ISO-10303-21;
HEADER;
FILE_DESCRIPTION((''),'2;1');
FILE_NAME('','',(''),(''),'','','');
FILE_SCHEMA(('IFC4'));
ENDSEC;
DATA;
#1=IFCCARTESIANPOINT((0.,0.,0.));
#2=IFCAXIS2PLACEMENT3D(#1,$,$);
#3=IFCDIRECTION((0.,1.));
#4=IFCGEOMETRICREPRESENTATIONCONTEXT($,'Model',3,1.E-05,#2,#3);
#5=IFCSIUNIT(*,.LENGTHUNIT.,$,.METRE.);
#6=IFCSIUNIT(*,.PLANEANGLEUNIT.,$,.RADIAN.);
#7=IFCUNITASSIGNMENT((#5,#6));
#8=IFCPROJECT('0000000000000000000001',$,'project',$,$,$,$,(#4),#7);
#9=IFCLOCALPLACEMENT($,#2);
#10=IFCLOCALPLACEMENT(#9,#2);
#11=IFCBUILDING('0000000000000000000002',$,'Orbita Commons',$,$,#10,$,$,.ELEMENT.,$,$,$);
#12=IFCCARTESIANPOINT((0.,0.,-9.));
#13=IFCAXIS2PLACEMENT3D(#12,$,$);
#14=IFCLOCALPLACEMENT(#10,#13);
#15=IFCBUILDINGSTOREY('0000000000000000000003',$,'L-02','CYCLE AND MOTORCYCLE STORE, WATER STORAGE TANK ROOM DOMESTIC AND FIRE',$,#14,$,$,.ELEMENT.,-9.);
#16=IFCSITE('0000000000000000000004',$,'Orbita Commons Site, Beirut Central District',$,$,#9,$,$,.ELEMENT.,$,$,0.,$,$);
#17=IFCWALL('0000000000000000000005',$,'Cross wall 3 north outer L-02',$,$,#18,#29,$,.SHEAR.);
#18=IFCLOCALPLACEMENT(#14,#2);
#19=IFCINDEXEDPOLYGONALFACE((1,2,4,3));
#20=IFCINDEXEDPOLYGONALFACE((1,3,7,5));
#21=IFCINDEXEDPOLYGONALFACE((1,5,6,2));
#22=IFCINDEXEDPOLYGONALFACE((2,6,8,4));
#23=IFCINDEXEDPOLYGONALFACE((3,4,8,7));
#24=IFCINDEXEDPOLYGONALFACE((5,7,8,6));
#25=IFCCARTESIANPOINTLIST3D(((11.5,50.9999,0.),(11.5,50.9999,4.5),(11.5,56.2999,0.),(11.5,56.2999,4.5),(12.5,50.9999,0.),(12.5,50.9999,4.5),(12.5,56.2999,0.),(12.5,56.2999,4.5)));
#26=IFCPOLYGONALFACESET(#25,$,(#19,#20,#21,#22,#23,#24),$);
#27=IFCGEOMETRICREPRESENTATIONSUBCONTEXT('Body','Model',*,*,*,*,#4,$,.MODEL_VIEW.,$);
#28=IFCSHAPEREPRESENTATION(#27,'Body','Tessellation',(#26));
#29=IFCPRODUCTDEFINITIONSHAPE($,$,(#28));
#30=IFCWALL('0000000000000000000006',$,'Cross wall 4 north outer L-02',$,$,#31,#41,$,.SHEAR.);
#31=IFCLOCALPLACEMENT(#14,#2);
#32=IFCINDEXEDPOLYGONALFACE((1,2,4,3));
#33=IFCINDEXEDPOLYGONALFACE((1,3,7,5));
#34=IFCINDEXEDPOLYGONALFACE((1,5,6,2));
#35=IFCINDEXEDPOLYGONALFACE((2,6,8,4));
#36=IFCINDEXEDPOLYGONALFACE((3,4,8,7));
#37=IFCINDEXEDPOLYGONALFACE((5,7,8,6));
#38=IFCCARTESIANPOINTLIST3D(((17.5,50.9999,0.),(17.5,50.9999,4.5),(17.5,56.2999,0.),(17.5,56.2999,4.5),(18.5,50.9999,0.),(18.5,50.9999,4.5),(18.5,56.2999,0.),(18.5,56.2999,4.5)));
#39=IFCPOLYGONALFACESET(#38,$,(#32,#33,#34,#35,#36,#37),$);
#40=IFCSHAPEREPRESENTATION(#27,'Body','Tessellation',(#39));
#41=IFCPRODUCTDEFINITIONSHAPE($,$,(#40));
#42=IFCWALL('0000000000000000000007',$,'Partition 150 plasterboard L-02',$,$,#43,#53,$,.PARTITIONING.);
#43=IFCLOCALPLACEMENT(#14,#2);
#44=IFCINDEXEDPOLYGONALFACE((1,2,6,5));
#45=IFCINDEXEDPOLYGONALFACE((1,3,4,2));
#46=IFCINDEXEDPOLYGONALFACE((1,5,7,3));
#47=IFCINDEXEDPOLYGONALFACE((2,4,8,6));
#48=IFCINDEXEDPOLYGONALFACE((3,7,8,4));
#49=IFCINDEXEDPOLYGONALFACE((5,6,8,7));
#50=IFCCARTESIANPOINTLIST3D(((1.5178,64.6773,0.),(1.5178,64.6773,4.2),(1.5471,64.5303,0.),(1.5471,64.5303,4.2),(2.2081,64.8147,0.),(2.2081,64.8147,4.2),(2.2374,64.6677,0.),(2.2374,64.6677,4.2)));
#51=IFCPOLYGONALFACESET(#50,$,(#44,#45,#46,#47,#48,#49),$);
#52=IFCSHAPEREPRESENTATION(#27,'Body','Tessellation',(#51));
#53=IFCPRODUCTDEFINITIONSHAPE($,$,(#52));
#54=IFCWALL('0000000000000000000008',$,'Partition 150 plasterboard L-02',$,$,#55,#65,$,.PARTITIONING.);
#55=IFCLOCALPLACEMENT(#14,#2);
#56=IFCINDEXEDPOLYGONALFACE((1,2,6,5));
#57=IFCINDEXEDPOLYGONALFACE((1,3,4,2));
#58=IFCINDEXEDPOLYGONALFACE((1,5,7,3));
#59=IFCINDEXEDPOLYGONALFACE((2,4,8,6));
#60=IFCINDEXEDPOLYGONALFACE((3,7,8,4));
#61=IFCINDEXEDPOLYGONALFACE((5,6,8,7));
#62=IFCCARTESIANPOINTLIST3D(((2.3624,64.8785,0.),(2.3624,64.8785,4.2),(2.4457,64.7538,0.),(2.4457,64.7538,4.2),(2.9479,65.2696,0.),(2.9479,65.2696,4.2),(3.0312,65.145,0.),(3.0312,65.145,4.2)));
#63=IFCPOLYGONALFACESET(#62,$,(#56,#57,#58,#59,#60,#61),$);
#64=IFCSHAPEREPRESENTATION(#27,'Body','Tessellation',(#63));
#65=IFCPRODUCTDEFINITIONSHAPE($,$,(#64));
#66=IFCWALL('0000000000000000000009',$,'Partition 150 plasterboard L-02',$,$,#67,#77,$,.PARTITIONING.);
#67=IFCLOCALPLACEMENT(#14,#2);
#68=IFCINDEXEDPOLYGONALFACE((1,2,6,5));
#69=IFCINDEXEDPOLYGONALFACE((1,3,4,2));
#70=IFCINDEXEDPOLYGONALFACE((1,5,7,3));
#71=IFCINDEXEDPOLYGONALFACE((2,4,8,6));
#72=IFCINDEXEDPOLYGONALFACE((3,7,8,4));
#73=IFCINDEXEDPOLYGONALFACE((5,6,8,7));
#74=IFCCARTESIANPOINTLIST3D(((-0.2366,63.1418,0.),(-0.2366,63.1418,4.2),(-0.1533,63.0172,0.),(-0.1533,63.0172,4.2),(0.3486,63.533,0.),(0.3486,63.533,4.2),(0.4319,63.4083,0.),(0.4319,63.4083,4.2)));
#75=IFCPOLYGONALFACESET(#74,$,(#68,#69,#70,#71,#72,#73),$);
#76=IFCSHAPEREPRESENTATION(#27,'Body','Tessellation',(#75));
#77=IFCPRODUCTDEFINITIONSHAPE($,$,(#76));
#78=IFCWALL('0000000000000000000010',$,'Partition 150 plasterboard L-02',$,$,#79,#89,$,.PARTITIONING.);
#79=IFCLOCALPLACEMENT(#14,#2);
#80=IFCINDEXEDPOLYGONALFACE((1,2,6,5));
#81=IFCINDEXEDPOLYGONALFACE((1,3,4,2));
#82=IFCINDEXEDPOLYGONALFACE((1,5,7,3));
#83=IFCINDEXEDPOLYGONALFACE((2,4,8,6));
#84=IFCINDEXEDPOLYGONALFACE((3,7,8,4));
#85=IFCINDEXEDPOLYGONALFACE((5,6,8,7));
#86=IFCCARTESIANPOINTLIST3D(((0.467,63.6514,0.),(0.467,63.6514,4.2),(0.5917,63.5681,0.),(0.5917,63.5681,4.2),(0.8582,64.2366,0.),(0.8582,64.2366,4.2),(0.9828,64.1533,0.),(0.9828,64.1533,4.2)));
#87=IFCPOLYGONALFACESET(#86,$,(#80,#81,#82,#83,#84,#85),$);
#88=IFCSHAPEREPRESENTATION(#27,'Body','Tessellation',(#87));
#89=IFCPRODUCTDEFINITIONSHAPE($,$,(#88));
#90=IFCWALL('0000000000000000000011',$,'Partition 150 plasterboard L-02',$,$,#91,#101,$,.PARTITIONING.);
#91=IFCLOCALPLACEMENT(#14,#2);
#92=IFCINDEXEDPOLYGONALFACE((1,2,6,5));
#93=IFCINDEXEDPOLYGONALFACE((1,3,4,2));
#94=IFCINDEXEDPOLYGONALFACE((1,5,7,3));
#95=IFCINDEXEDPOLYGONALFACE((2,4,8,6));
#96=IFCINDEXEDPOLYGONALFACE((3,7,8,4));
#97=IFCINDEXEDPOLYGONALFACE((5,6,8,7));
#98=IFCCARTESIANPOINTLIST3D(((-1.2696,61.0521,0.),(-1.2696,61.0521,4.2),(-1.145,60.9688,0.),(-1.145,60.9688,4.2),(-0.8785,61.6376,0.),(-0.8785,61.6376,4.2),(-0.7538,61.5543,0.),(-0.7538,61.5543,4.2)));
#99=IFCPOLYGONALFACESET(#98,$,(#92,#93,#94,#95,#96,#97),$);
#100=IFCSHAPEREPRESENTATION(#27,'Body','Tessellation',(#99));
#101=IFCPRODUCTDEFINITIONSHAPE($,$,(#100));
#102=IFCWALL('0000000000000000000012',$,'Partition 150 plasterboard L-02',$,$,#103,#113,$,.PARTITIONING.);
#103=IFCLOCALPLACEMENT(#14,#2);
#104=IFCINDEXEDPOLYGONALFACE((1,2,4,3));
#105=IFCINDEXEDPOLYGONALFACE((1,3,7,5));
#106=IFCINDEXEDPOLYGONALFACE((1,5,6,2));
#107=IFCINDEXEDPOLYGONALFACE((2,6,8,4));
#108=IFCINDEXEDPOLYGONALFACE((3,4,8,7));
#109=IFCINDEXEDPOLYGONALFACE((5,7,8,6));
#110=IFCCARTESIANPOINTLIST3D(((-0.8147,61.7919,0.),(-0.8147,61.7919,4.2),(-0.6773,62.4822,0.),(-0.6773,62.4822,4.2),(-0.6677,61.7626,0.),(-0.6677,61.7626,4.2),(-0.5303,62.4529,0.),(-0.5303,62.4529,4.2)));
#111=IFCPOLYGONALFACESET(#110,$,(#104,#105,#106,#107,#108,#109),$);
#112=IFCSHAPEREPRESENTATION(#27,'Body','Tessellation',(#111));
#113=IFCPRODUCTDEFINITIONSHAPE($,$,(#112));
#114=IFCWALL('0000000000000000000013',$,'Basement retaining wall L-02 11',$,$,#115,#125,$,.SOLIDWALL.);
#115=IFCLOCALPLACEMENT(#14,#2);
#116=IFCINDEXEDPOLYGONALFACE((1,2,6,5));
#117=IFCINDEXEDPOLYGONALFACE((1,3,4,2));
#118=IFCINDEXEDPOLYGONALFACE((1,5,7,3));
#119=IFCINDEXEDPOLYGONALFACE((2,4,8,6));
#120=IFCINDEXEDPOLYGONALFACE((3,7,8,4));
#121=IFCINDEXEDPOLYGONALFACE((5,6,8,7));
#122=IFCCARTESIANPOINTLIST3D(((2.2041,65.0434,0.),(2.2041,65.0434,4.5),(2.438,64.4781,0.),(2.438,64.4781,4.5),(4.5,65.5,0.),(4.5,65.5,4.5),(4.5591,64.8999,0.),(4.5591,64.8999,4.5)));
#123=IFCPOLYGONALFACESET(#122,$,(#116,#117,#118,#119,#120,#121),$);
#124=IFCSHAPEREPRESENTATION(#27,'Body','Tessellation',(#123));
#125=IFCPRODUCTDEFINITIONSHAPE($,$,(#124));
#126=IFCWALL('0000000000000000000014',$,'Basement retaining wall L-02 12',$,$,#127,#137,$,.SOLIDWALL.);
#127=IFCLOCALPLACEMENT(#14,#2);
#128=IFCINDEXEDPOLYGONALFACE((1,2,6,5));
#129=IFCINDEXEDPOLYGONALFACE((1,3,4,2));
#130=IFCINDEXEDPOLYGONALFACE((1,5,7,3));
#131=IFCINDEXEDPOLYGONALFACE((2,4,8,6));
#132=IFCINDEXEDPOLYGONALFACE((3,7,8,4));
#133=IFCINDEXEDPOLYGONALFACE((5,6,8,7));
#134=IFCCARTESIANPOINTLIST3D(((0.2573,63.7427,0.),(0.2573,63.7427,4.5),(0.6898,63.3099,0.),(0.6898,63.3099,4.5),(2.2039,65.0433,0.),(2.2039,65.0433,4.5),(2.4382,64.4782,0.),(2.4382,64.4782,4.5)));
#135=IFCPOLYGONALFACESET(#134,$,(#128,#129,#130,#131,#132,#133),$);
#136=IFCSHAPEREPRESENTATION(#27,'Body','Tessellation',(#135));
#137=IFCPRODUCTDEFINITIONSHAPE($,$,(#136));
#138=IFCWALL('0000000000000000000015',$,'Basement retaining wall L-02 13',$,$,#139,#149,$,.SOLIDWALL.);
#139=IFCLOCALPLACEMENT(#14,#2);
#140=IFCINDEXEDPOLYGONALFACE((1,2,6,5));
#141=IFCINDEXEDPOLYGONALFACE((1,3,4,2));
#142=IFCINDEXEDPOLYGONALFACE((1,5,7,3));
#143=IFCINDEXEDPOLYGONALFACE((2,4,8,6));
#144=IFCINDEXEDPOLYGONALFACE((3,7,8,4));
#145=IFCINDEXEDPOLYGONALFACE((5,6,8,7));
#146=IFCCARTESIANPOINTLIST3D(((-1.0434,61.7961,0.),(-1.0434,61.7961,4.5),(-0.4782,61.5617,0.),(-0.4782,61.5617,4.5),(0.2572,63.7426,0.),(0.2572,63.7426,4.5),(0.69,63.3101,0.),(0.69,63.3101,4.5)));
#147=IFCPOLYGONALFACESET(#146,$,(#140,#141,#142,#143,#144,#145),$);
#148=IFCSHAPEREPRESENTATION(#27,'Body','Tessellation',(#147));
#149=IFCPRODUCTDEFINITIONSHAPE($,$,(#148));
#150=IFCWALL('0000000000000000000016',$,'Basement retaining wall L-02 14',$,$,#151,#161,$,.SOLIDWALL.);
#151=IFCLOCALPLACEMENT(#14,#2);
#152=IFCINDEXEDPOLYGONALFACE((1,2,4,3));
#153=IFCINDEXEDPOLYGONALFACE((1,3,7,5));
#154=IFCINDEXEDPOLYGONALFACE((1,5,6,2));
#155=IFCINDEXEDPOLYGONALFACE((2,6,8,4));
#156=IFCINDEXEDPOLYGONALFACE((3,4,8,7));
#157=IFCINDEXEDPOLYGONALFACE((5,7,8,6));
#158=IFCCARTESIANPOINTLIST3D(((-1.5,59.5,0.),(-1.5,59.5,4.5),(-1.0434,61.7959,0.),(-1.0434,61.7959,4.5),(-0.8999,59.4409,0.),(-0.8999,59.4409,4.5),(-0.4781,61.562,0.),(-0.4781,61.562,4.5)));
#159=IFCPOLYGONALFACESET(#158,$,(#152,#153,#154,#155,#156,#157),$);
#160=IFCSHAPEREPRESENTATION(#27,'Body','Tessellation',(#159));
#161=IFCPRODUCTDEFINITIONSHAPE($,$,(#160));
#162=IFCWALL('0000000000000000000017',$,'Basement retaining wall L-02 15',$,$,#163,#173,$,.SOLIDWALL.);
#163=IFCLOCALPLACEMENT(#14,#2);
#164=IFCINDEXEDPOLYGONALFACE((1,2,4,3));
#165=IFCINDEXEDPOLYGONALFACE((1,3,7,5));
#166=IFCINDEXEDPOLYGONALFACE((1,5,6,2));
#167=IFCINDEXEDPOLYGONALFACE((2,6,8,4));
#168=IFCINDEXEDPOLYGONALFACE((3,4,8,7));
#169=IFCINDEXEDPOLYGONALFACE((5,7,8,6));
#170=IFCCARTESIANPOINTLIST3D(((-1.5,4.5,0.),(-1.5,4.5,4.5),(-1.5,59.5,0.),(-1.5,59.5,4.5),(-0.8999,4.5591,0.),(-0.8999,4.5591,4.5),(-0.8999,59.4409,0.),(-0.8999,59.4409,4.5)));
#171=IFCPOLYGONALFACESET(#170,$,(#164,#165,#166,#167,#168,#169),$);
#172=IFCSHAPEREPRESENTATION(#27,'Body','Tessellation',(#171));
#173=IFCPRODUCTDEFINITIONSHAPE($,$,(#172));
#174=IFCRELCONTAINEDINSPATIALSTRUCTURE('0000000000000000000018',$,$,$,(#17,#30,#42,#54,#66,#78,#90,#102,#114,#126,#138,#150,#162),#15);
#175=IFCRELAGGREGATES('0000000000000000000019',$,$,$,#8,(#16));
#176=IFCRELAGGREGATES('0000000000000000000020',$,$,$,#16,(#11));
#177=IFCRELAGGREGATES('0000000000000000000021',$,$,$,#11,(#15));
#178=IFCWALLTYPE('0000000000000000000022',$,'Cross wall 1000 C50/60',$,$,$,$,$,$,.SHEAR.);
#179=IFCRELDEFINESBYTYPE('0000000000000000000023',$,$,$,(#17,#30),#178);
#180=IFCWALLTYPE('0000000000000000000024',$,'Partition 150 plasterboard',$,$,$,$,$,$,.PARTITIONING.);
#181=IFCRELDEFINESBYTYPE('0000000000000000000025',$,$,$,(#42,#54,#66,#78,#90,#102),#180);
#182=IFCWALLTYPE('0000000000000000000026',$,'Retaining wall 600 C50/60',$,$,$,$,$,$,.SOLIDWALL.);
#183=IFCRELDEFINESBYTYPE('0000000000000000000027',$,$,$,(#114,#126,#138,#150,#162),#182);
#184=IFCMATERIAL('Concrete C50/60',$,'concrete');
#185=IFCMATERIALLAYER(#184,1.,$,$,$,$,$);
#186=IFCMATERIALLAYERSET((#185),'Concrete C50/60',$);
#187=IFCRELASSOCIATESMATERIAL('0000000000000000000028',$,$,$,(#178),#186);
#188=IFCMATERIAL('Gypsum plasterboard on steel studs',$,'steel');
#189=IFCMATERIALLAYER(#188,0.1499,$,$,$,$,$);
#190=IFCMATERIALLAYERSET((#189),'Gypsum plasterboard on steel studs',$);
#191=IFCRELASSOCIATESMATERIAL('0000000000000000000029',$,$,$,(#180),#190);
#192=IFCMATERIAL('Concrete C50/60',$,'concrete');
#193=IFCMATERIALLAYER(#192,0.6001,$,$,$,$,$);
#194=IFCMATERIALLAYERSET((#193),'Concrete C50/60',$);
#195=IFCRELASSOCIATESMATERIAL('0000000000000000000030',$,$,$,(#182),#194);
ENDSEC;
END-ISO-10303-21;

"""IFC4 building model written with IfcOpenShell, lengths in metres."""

from ifc_helpers import new_model, si_unit, direction, frame, frame_2d, origin, place, context, subcontext, project, spatial, polyline, rectangle, outline, extrude, material, layer, layer_set, type_object, element, save


model = new_model("IFC4")

# Units and contexts
model_context = context("Model", 3, precision=1e-05, world=origin(), true_north=direction((0.0, 1.0)))
body_context = subcontext(model_context, "Body", "Model", "MODEL_VIEW")
ifc_project = project(units=[si_unit("LENGTHUNIT", "METRE"), si_unit("PLANEANGLEUNIT", "RADIAN")], contexts=[model_context])

# Site, building, storey
site_placement = place(None, origin())
site = spatial("IfcSite", under=ifc_project, at=site_placement, Name="Orbita Commons Site, Beirut Central District", CompositionType="ELEMENT", RefElevation=0.0)
building_placement = place(site_placement, origin())
building = spatial("IfcBuilding", under=site, at=building_placement, Name="Orbita Commons", CompositionType="ELEMENT")
storey_placement = place(building_placement, frame((0.0, 0.0, -9.0)))
storey = spatial("IfcBuildingStorey", under=building, at=storey_placement, Name="L-02", Description="CYCLE AND MOTORCYCLE STORE, WATER STORAGE TANK ROOM DOMESTIC AND FIRE", CompositionType="ELEMENT", Elevation=-9.0)

# Walls
ifc_material_1 = material(Name="Concrete C50/60", Category="concrete")
ifc_layer_1 = layer(ifc_material_1, 1.0)
ifc_layer_set_1 = layer_set([ifc_layer_1], Name="Concrete C50/60")
wall_type_1 = type_object("IfcWallType", Name="Cross wall 1000 C50/60", PredefinedType="SHEAR", material=ifc_layer_set_1)
for number, where, z_axis, x_axis, name in (
    (1, (12.0, 51.0, 0.0), (0.0, 0.0, 1.0), (0.0, 1.0, 0.0), "Cross wall 3 north outer L-02"),
    (2, (18.0, 51.0, 0.0), (0.0, 0.0, 1.0), (0.0, 1.0, 0.0), "Cross wall 4 north outer L-02"),
):
    element("IfcWall", number, at=place(storey_placement, frame(where, z_axis=z_axis, x_axis=x_axis)), inside=storey, type_object=wall_type_1, Name=name, PredefinedType="SHEAR", context=body_context, shape_type="SweptSolid", body=[
        extrude(rectangle(XDim=5.3, YDim=1.0, at=frame_2d((2.6499, 0.0))), origin(), (0.0, 0.0, 1.0), 4.5),
    ])
ifc_material_2 = material(Name="Gypsum plasterboard on steel studs", Category="steel")
ifc_layer_2 = layer(ifc_material_2, 0.1499)
ifc_layer_set_2 = layer_set([ifc_layer_2], Name="Gypsum plasterboard on steel studs")
wall_type_2 = type_object("IfcWallType", Name="Partition 150 plasterboard", PredefinedType="PARTITIONING", material=ifc_layer_set_2)
wall_1_placement = place(storey_placement, frame((2.2229, 64.7412, 0.0), z_axis=(0.0, 0.0, 1.0), x_axis=(-0.980754, -0.195249, 0.0)))
element("IfcWall", 3, at=wall_1_placement, inside=storey, type_object=wall_type_2, Name="Partition 150 plasterboard L-02", PredefinedType="PARTITIONING", context=body_context, shape_type="SweptSolid", body=[
    extrude(rectangle(XDim=0.7039, YDim=0.1499, at=frame_2d((0.3521, 0.0))), origin(), (0.0, 0.0, 1.0), 4.2),
])
wall_2_placement = place(storey_placement, frame((2.4041, 64.8162, 0.0), z_axis=(0.0, 0.0, 1.0), x_axis=(0.831516, 0.5555, 0.0)))
element("IfcWall", 4, at=wall_2_placement, inside=storey, type_object=wall_type_2, Name="Partition 150 plasterboard L-02", PredefinedType="PARTITIONING", context=body_context, shape_type="SweptSolid", body=[
    extrude(rectangle(XDim=0.7041, YDim=0.1499, at=frame_2d((0.3521, 0.0))), origin(), (0.0, 0.0, 1.0), 4.2),
])
for number, where, z_axis, x_axis, name in (
    (5, (0.3904, 63.4707, 0.0), (0.0, 0.0, 1.0), (-0.831409, -0.55566, 0.0), "Partition 150 plasterboard L-02"),
    (6, (0.5293, 63.6096, 0.0), (0.0, 0.0, 1.0), (0.55566, 0.831409, 0.0), "Partition 150 plasterboard L-02"),
):
    element("IfcWall", number, at=place(storey_placement, frame(where, z_axis=z_axis, x_axis=x_axis)), inside=storey, type_object=wall_type_2, Name=name, PredefinedType="PARTITIONING", context=body_context, shape_type="SweptSolid", body=[
        extrude(rectangle(XDim=0.7039, YDim=0.1499, at=frame_2d((0.3521, 0.0))), origin(), (0.0, 0.0, 1.0), 4.2),
    ])
wall_3_placement = place(storey_placement, frame((-0.8162, 61.5959, 0.0), z_axis=(0.0, 0.0, 1.0), x_axis=(-0.5555, -0.831516, 0.0)))
element("IfcWall", 7, at=wall_3_placement, inside=storey, type_object=wall_type_2, Name="Partition 150 plasterboard L-02", PredefinedType="PARTITIONING", context=body_context, shape_type="SweptSolid", body=[
    extrude(rectangle(XDim=0.7041, YDim=0.1499, at=frame_2d((0.3521, 0.0))), origin(), (0.0, 0.0, 1.0), 4.2),
])
wall_4_placement = place(storey_placement, frame((-0.7412, 61.7771, 0.0), z_axis=(0.0, 0.0, 1.0), x_axis=(0.195249, 0.980754, 0.0)))
element("IfcWall", 8, at=wall_4_placement, inside=storey, type_object=wall_type_2, Name="Partition 150 plasterboard L-02", PredefinedType="PARTITIONING", context=body_context, shape_type="SweptSolid", body=[
    extrude(rectangle(XDim=0.7039, YDim=0.1499, at=frame_2d((0.3521, 0.0))), origin(), (0.0, 0.0, 1.0), 4.2),
])
ifc_material_3 = material(Name="Concrete C50/60", Category="concrete")
ifc_layer_3 = layer(ifc_material_3, 0.6001)
ifc_layer_set_3 = layer_set([ifc_layer_3], Name="Concrete C50/60")
wall_type_3 = type_object("IfcWallType", Name="Retaining wall 600 C50/60", PredefinedType="SOLIDWALL", material=ifc_layer_set_3)
wall_5_placement = place(storey_placement, frame((4.5295, 65.2, 0.0), z_axis=(0.0, 0.0, 1.0), x_axis=(-0.980793, -0.195053, 0.0)))
element("IfcWall", 9, at=wall_5_placement, inside=storey, type_object=wall_type_3, Name="Basement retaining wall L-02 11", PredefinedType="SOLIDWALL", context=body_context, shape_type="SweptSolid", body=[
    extrude(outline(polyline([(-0.0295, -0.3), (2.3113, -0.3), (2.1921, 0.3), (0.0295, 0.3), (-0.0295, -0.3)])), origin(), (0.0, 0.0, 1.0), 4.5),
])
for number, where, z_axis, x_axis, name in (
    (10, (2.321, 64.7607, 0.0), (0.0, 0.0, 1.0), (-0.831475, -0.555562, 0.0), "Basement retaining wall L-02 12"),
    (11, (0.4736, 63.5264, 0.0), (0.0, 0.0, 1.0), (-0.555562, -0.831475, 0.0), "Basement retaining wall L-02 13"),
):
    element("IfcWall", number, at=place(storey_placement, frame(where, z_axis=z_axis, x_axis=x_axis)), inside=storey, type_object=wall_type_3, Name=name, PredefinedType="SOLIDWALL", context=body_context, shape_type="SweptSolid", body=[
        extrude(outline(polyline([(-0.0596, -0.3), (2.2815, -0.3), (2.1624, 0.3), (0.0596, 0.3), (-0.0596, -0.3)])), origin(), (0.0, 0.0, 1.0), 4.5),
    ])
wall_6_placement = place(storey_placement, frame((-0.7607, 61.679, 0.0), z_axis=(0.0, 0.0, 1.0), x_axis=(-0.195053, -0.980793, 0.0)))
element("IfcWall", 12, at=wall_6_placement, inside=storey, type_object=wall_type_3, Name="Basement retaining wall L-02 14", PredefinedType="SOLIDWALL", context=body_context, shape_type="SweptSolid", body=[
    extrude(outline(polyline([(-0.0596, -0.3), (2.2812, -0.3), (2.2222, 0.3), (0.0596, 0.3), (-0.0596, -0.3)])), origin(), (0.0, 0.0, 1.0), 4.5),
])
wall_7_placement = place(storey_placement, frame((-1.2, 59.4705, 0.0), z_axis=(0.0, 0.0, 1.0), x_axis=(0.0, -1.0, 0.0)))
element("IfcWall", 13, at=wall_7_placement, inside=storey, type_object=wall_type_3, Name="Basement retaining wall L-02 15", PredefinedType="SOLIDWALL", context=body_context, shape_type="SweptSolid", body=[
    extrude(outline(polyline([(-0.0295, -0.3), (54.9705, -0.3), (54.9114, 0.3), (0.0295, 0.3), (-0.0295, -0.3)])), origin(), (0.0, 0.0, 1.0), 4.5),
])

save(model, "model.ifc")
